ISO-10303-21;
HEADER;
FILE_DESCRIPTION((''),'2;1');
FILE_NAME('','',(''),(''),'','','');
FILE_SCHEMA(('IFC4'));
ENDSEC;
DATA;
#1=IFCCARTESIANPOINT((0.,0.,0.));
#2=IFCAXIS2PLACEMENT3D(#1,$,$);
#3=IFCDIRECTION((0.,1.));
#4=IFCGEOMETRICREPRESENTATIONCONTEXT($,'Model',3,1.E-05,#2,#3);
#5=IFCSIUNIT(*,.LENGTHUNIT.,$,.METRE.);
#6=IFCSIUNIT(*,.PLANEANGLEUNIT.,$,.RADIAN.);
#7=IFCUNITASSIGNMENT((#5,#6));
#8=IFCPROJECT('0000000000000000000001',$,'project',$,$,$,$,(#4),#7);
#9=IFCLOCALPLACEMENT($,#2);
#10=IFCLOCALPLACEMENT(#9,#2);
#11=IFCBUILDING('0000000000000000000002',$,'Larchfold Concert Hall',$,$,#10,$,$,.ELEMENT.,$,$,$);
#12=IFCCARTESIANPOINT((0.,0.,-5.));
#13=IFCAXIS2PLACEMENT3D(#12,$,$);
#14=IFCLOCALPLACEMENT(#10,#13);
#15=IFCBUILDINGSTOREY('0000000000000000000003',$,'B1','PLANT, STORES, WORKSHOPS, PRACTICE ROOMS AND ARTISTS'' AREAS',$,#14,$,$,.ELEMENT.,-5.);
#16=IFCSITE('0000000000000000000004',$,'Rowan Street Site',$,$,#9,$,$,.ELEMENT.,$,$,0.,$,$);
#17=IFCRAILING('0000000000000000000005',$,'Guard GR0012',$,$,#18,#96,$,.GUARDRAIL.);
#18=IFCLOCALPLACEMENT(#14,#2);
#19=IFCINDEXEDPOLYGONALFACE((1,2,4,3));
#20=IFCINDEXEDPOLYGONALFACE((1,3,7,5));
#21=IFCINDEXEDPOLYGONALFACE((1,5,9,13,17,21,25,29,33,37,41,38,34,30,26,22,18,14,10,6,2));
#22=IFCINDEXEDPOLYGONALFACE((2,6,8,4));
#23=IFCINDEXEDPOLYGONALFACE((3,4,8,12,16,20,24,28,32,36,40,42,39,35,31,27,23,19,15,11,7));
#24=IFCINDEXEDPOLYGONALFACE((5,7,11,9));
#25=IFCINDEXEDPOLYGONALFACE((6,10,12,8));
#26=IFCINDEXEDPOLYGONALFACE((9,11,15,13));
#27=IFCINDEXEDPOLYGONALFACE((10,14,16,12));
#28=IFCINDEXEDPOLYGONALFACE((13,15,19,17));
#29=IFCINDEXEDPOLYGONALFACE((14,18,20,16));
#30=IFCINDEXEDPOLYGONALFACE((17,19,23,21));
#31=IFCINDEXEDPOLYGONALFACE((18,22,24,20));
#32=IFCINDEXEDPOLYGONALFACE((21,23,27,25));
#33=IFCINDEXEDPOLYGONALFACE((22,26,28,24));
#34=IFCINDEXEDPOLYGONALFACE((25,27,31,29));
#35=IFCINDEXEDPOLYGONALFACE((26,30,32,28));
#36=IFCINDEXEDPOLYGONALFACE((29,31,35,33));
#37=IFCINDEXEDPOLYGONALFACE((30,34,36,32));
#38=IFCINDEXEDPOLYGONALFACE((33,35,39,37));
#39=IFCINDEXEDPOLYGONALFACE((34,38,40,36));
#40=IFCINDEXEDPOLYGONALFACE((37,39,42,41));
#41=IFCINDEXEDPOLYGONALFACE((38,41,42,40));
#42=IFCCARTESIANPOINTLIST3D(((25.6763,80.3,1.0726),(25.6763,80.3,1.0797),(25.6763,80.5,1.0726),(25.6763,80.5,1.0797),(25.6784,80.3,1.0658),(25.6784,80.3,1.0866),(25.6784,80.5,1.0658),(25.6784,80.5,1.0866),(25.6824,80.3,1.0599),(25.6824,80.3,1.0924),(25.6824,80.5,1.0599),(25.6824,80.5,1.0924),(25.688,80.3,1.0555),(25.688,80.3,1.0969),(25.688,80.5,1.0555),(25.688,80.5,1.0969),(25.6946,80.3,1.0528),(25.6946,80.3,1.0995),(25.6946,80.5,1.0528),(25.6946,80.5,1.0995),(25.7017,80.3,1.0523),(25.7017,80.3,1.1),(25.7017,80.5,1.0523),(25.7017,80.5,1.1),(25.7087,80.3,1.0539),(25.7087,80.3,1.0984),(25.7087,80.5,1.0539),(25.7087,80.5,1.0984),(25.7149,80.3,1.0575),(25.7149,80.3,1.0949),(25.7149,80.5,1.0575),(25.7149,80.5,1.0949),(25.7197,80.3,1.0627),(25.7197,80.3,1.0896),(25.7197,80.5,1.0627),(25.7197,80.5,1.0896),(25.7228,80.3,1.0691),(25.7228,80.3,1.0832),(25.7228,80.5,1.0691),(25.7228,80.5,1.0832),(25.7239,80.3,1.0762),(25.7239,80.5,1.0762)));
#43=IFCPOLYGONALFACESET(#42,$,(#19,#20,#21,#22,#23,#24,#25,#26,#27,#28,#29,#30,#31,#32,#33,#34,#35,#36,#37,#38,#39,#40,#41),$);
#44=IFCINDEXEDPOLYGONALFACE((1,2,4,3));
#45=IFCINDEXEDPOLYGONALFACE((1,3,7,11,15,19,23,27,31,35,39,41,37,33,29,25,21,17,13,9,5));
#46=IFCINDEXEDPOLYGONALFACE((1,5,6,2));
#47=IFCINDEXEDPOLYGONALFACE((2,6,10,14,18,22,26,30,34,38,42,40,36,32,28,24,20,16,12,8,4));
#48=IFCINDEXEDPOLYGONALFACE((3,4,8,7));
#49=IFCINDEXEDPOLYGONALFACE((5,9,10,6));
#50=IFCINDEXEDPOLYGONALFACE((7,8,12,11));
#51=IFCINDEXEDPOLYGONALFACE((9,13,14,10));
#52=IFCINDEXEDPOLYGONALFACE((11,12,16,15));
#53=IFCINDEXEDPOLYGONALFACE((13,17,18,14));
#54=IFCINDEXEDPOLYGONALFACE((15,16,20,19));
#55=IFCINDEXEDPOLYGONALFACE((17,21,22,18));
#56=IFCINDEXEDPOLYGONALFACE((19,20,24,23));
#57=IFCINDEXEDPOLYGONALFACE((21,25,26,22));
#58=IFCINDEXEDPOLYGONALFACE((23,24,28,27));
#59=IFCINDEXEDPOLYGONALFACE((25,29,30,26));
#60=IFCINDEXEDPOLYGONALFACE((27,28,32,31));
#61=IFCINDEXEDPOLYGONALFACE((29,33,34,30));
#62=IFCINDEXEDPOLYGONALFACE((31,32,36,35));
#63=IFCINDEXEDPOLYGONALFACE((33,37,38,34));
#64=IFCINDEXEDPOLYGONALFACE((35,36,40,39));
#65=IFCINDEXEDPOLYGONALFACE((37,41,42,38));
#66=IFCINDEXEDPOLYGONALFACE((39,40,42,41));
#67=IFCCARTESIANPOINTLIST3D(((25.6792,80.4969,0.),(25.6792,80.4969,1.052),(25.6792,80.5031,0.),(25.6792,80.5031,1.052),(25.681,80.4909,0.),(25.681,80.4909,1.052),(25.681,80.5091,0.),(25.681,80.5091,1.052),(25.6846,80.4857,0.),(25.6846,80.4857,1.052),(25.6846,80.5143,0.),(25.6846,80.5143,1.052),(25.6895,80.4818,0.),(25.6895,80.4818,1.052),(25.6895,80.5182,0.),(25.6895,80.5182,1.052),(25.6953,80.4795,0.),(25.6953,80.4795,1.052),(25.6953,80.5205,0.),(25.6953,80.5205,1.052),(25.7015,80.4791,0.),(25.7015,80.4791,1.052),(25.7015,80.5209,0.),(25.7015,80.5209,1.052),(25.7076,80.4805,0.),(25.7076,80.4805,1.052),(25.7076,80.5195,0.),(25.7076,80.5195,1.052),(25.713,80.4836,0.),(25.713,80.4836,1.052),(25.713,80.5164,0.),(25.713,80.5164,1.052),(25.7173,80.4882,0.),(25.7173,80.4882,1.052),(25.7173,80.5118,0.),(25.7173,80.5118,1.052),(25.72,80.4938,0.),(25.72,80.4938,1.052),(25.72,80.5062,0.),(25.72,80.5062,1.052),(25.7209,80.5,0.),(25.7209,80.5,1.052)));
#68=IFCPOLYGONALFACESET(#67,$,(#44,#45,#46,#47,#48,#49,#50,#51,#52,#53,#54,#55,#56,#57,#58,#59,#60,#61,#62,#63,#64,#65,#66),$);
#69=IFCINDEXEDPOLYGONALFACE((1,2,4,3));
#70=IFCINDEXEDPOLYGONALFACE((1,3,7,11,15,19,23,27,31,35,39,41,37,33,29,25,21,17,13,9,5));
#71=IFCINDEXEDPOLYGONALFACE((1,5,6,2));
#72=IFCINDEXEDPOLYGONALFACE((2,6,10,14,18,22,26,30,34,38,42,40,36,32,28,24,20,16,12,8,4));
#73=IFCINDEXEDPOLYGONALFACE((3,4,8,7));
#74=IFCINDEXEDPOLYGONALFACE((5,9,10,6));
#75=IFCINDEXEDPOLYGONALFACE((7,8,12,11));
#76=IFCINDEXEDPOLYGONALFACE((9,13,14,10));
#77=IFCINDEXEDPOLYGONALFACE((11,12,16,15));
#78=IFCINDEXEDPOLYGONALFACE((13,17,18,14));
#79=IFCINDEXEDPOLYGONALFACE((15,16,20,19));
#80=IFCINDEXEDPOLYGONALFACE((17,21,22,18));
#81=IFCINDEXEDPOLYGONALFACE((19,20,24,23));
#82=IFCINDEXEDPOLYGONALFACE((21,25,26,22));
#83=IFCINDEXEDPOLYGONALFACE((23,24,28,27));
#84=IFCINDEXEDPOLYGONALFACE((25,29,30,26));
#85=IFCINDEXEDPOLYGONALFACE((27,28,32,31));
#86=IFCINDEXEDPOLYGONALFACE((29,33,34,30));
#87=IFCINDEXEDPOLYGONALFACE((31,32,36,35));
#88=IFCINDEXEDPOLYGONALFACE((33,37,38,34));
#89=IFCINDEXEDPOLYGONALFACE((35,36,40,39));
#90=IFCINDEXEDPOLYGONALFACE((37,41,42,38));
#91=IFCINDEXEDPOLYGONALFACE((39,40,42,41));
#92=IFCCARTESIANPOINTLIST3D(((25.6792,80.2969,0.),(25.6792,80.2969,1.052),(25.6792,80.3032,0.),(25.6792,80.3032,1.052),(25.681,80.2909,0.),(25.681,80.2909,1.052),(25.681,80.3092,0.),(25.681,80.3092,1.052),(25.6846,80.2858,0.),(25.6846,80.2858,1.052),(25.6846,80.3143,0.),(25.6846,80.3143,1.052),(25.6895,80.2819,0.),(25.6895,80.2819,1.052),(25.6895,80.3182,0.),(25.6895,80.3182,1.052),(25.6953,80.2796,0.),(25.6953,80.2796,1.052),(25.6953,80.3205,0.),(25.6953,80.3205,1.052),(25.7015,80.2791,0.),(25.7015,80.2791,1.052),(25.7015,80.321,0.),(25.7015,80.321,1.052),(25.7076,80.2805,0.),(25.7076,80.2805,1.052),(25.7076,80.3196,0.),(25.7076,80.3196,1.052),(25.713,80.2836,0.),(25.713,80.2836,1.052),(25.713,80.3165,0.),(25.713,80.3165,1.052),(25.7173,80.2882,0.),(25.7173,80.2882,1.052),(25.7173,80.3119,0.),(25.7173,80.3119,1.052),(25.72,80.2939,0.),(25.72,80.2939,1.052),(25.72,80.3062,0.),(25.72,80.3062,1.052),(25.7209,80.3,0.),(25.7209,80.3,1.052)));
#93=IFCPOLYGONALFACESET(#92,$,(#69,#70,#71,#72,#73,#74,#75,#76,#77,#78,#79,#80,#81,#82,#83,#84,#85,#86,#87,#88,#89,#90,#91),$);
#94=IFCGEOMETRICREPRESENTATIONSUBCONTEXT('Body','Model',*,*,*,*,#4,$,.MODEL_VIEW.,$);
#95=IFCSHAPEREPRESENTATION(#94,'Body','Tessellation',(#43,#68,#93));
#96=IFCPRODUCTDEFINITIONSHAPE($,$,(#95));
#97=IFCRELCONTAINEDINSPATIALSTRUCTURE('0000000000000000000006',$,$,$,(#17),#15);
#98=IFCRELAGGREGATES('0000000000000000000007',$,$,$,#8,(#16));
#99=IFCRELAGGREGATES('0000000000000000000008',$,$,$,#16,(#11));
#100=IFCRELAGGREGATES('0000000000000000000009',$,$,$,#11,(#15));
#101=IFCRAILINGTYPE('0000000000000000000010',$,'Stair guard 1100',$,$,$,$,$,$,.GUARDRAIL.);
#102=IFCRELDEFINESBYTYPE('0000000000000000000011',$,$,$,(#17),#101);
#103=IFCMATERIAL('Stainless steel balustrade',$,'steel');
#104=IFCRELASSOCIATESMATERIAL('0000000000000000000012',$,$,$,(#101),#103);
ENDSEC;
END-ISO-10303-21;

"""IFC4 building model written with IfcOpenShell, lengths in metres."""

from ifc_helpers import new_model, si_unit, direction, frame, origin, origin_2d, place, context, subcontext, project, spatial, circle, extrude, material, type_object, element, save


model = new_model("IFC4")

# Units and contexts
model_context = context("Model", 3, precision=1e-05, world=origin(), true_north=direction((0.0, 1.0)))
body_context = subcontext(model_context, "Body", "Model", "MODEL_VIEW")
ifc_project = project(units=[si_unit("LENGTHUNIT", "METRE"), si_unit("PLANEANGLEUNIT", "RADIAN")], contexts=[model_context])

# Site, building, storey
site_placement = place(None, origin())
site = spatial("IfcSite", under=ifc_project, at=site_placement, Name="Rowan Street Site", CompositionType="ELEMENT", RefElevation=0.0)
building_placement = place(site_placement, origin())
building = spatial("IfcBuilding", under=site, at=building_placement, Name="Larchfold Concert Hall", CompositionType="ELEMENT")
storey_placement = place(building_placement, frame((0.0, 0.0, -5.0)))
storey = spatial("IfcBuildingStorey", under=building, at=storey_placement, Name="B1", Description="PLANT, STORES, WORKSHOPS, PRACTICE ROOMS AND ARTISTS' AREAS", CompositionType="ELEMENT", Elevation=-5.0)

# Railing
ifc_material_1 = material(Name="Stainless steel balustrade", Category="steel")
railing_type_1 = type_object("IfcRailingType", Name="Stair guard 1100", PredefinedType="GUARDRAIL", material=ifc_material_1)
railing_1_placement = place(storey_placement, frame((25.7, 80.5, 0.0)))
element("IfcRailing", 1, at=railing_1_placement, inside=storey, type_object=railing_type_1, Name="Guard GR0012", PredefinedType="GUARDRAIL", context=body_context, shape_type="SweptSolid", body=[
    extrude(circle(Radius=0.0239, at=origin_2d()), frame((0.0, 0.0, 1.0762), z_axis=(0.0, -1.0, 0.0), x_axis=(1.0, 0.0, 0.0)), (0.0, 0.0, 1.0), 0.2),
    extrude(circle(Radius=0.021, at=origin_2d()), origin(), (0.0, 0.0, 1.0), 1.052),
    extrude(circle(Radius=0.021, at=origin_2d()), frame((0.0, -0.2, 0.0)), (0.0, 0.0, 1.0), 1.052),
])

save(model, "model.ifc")
